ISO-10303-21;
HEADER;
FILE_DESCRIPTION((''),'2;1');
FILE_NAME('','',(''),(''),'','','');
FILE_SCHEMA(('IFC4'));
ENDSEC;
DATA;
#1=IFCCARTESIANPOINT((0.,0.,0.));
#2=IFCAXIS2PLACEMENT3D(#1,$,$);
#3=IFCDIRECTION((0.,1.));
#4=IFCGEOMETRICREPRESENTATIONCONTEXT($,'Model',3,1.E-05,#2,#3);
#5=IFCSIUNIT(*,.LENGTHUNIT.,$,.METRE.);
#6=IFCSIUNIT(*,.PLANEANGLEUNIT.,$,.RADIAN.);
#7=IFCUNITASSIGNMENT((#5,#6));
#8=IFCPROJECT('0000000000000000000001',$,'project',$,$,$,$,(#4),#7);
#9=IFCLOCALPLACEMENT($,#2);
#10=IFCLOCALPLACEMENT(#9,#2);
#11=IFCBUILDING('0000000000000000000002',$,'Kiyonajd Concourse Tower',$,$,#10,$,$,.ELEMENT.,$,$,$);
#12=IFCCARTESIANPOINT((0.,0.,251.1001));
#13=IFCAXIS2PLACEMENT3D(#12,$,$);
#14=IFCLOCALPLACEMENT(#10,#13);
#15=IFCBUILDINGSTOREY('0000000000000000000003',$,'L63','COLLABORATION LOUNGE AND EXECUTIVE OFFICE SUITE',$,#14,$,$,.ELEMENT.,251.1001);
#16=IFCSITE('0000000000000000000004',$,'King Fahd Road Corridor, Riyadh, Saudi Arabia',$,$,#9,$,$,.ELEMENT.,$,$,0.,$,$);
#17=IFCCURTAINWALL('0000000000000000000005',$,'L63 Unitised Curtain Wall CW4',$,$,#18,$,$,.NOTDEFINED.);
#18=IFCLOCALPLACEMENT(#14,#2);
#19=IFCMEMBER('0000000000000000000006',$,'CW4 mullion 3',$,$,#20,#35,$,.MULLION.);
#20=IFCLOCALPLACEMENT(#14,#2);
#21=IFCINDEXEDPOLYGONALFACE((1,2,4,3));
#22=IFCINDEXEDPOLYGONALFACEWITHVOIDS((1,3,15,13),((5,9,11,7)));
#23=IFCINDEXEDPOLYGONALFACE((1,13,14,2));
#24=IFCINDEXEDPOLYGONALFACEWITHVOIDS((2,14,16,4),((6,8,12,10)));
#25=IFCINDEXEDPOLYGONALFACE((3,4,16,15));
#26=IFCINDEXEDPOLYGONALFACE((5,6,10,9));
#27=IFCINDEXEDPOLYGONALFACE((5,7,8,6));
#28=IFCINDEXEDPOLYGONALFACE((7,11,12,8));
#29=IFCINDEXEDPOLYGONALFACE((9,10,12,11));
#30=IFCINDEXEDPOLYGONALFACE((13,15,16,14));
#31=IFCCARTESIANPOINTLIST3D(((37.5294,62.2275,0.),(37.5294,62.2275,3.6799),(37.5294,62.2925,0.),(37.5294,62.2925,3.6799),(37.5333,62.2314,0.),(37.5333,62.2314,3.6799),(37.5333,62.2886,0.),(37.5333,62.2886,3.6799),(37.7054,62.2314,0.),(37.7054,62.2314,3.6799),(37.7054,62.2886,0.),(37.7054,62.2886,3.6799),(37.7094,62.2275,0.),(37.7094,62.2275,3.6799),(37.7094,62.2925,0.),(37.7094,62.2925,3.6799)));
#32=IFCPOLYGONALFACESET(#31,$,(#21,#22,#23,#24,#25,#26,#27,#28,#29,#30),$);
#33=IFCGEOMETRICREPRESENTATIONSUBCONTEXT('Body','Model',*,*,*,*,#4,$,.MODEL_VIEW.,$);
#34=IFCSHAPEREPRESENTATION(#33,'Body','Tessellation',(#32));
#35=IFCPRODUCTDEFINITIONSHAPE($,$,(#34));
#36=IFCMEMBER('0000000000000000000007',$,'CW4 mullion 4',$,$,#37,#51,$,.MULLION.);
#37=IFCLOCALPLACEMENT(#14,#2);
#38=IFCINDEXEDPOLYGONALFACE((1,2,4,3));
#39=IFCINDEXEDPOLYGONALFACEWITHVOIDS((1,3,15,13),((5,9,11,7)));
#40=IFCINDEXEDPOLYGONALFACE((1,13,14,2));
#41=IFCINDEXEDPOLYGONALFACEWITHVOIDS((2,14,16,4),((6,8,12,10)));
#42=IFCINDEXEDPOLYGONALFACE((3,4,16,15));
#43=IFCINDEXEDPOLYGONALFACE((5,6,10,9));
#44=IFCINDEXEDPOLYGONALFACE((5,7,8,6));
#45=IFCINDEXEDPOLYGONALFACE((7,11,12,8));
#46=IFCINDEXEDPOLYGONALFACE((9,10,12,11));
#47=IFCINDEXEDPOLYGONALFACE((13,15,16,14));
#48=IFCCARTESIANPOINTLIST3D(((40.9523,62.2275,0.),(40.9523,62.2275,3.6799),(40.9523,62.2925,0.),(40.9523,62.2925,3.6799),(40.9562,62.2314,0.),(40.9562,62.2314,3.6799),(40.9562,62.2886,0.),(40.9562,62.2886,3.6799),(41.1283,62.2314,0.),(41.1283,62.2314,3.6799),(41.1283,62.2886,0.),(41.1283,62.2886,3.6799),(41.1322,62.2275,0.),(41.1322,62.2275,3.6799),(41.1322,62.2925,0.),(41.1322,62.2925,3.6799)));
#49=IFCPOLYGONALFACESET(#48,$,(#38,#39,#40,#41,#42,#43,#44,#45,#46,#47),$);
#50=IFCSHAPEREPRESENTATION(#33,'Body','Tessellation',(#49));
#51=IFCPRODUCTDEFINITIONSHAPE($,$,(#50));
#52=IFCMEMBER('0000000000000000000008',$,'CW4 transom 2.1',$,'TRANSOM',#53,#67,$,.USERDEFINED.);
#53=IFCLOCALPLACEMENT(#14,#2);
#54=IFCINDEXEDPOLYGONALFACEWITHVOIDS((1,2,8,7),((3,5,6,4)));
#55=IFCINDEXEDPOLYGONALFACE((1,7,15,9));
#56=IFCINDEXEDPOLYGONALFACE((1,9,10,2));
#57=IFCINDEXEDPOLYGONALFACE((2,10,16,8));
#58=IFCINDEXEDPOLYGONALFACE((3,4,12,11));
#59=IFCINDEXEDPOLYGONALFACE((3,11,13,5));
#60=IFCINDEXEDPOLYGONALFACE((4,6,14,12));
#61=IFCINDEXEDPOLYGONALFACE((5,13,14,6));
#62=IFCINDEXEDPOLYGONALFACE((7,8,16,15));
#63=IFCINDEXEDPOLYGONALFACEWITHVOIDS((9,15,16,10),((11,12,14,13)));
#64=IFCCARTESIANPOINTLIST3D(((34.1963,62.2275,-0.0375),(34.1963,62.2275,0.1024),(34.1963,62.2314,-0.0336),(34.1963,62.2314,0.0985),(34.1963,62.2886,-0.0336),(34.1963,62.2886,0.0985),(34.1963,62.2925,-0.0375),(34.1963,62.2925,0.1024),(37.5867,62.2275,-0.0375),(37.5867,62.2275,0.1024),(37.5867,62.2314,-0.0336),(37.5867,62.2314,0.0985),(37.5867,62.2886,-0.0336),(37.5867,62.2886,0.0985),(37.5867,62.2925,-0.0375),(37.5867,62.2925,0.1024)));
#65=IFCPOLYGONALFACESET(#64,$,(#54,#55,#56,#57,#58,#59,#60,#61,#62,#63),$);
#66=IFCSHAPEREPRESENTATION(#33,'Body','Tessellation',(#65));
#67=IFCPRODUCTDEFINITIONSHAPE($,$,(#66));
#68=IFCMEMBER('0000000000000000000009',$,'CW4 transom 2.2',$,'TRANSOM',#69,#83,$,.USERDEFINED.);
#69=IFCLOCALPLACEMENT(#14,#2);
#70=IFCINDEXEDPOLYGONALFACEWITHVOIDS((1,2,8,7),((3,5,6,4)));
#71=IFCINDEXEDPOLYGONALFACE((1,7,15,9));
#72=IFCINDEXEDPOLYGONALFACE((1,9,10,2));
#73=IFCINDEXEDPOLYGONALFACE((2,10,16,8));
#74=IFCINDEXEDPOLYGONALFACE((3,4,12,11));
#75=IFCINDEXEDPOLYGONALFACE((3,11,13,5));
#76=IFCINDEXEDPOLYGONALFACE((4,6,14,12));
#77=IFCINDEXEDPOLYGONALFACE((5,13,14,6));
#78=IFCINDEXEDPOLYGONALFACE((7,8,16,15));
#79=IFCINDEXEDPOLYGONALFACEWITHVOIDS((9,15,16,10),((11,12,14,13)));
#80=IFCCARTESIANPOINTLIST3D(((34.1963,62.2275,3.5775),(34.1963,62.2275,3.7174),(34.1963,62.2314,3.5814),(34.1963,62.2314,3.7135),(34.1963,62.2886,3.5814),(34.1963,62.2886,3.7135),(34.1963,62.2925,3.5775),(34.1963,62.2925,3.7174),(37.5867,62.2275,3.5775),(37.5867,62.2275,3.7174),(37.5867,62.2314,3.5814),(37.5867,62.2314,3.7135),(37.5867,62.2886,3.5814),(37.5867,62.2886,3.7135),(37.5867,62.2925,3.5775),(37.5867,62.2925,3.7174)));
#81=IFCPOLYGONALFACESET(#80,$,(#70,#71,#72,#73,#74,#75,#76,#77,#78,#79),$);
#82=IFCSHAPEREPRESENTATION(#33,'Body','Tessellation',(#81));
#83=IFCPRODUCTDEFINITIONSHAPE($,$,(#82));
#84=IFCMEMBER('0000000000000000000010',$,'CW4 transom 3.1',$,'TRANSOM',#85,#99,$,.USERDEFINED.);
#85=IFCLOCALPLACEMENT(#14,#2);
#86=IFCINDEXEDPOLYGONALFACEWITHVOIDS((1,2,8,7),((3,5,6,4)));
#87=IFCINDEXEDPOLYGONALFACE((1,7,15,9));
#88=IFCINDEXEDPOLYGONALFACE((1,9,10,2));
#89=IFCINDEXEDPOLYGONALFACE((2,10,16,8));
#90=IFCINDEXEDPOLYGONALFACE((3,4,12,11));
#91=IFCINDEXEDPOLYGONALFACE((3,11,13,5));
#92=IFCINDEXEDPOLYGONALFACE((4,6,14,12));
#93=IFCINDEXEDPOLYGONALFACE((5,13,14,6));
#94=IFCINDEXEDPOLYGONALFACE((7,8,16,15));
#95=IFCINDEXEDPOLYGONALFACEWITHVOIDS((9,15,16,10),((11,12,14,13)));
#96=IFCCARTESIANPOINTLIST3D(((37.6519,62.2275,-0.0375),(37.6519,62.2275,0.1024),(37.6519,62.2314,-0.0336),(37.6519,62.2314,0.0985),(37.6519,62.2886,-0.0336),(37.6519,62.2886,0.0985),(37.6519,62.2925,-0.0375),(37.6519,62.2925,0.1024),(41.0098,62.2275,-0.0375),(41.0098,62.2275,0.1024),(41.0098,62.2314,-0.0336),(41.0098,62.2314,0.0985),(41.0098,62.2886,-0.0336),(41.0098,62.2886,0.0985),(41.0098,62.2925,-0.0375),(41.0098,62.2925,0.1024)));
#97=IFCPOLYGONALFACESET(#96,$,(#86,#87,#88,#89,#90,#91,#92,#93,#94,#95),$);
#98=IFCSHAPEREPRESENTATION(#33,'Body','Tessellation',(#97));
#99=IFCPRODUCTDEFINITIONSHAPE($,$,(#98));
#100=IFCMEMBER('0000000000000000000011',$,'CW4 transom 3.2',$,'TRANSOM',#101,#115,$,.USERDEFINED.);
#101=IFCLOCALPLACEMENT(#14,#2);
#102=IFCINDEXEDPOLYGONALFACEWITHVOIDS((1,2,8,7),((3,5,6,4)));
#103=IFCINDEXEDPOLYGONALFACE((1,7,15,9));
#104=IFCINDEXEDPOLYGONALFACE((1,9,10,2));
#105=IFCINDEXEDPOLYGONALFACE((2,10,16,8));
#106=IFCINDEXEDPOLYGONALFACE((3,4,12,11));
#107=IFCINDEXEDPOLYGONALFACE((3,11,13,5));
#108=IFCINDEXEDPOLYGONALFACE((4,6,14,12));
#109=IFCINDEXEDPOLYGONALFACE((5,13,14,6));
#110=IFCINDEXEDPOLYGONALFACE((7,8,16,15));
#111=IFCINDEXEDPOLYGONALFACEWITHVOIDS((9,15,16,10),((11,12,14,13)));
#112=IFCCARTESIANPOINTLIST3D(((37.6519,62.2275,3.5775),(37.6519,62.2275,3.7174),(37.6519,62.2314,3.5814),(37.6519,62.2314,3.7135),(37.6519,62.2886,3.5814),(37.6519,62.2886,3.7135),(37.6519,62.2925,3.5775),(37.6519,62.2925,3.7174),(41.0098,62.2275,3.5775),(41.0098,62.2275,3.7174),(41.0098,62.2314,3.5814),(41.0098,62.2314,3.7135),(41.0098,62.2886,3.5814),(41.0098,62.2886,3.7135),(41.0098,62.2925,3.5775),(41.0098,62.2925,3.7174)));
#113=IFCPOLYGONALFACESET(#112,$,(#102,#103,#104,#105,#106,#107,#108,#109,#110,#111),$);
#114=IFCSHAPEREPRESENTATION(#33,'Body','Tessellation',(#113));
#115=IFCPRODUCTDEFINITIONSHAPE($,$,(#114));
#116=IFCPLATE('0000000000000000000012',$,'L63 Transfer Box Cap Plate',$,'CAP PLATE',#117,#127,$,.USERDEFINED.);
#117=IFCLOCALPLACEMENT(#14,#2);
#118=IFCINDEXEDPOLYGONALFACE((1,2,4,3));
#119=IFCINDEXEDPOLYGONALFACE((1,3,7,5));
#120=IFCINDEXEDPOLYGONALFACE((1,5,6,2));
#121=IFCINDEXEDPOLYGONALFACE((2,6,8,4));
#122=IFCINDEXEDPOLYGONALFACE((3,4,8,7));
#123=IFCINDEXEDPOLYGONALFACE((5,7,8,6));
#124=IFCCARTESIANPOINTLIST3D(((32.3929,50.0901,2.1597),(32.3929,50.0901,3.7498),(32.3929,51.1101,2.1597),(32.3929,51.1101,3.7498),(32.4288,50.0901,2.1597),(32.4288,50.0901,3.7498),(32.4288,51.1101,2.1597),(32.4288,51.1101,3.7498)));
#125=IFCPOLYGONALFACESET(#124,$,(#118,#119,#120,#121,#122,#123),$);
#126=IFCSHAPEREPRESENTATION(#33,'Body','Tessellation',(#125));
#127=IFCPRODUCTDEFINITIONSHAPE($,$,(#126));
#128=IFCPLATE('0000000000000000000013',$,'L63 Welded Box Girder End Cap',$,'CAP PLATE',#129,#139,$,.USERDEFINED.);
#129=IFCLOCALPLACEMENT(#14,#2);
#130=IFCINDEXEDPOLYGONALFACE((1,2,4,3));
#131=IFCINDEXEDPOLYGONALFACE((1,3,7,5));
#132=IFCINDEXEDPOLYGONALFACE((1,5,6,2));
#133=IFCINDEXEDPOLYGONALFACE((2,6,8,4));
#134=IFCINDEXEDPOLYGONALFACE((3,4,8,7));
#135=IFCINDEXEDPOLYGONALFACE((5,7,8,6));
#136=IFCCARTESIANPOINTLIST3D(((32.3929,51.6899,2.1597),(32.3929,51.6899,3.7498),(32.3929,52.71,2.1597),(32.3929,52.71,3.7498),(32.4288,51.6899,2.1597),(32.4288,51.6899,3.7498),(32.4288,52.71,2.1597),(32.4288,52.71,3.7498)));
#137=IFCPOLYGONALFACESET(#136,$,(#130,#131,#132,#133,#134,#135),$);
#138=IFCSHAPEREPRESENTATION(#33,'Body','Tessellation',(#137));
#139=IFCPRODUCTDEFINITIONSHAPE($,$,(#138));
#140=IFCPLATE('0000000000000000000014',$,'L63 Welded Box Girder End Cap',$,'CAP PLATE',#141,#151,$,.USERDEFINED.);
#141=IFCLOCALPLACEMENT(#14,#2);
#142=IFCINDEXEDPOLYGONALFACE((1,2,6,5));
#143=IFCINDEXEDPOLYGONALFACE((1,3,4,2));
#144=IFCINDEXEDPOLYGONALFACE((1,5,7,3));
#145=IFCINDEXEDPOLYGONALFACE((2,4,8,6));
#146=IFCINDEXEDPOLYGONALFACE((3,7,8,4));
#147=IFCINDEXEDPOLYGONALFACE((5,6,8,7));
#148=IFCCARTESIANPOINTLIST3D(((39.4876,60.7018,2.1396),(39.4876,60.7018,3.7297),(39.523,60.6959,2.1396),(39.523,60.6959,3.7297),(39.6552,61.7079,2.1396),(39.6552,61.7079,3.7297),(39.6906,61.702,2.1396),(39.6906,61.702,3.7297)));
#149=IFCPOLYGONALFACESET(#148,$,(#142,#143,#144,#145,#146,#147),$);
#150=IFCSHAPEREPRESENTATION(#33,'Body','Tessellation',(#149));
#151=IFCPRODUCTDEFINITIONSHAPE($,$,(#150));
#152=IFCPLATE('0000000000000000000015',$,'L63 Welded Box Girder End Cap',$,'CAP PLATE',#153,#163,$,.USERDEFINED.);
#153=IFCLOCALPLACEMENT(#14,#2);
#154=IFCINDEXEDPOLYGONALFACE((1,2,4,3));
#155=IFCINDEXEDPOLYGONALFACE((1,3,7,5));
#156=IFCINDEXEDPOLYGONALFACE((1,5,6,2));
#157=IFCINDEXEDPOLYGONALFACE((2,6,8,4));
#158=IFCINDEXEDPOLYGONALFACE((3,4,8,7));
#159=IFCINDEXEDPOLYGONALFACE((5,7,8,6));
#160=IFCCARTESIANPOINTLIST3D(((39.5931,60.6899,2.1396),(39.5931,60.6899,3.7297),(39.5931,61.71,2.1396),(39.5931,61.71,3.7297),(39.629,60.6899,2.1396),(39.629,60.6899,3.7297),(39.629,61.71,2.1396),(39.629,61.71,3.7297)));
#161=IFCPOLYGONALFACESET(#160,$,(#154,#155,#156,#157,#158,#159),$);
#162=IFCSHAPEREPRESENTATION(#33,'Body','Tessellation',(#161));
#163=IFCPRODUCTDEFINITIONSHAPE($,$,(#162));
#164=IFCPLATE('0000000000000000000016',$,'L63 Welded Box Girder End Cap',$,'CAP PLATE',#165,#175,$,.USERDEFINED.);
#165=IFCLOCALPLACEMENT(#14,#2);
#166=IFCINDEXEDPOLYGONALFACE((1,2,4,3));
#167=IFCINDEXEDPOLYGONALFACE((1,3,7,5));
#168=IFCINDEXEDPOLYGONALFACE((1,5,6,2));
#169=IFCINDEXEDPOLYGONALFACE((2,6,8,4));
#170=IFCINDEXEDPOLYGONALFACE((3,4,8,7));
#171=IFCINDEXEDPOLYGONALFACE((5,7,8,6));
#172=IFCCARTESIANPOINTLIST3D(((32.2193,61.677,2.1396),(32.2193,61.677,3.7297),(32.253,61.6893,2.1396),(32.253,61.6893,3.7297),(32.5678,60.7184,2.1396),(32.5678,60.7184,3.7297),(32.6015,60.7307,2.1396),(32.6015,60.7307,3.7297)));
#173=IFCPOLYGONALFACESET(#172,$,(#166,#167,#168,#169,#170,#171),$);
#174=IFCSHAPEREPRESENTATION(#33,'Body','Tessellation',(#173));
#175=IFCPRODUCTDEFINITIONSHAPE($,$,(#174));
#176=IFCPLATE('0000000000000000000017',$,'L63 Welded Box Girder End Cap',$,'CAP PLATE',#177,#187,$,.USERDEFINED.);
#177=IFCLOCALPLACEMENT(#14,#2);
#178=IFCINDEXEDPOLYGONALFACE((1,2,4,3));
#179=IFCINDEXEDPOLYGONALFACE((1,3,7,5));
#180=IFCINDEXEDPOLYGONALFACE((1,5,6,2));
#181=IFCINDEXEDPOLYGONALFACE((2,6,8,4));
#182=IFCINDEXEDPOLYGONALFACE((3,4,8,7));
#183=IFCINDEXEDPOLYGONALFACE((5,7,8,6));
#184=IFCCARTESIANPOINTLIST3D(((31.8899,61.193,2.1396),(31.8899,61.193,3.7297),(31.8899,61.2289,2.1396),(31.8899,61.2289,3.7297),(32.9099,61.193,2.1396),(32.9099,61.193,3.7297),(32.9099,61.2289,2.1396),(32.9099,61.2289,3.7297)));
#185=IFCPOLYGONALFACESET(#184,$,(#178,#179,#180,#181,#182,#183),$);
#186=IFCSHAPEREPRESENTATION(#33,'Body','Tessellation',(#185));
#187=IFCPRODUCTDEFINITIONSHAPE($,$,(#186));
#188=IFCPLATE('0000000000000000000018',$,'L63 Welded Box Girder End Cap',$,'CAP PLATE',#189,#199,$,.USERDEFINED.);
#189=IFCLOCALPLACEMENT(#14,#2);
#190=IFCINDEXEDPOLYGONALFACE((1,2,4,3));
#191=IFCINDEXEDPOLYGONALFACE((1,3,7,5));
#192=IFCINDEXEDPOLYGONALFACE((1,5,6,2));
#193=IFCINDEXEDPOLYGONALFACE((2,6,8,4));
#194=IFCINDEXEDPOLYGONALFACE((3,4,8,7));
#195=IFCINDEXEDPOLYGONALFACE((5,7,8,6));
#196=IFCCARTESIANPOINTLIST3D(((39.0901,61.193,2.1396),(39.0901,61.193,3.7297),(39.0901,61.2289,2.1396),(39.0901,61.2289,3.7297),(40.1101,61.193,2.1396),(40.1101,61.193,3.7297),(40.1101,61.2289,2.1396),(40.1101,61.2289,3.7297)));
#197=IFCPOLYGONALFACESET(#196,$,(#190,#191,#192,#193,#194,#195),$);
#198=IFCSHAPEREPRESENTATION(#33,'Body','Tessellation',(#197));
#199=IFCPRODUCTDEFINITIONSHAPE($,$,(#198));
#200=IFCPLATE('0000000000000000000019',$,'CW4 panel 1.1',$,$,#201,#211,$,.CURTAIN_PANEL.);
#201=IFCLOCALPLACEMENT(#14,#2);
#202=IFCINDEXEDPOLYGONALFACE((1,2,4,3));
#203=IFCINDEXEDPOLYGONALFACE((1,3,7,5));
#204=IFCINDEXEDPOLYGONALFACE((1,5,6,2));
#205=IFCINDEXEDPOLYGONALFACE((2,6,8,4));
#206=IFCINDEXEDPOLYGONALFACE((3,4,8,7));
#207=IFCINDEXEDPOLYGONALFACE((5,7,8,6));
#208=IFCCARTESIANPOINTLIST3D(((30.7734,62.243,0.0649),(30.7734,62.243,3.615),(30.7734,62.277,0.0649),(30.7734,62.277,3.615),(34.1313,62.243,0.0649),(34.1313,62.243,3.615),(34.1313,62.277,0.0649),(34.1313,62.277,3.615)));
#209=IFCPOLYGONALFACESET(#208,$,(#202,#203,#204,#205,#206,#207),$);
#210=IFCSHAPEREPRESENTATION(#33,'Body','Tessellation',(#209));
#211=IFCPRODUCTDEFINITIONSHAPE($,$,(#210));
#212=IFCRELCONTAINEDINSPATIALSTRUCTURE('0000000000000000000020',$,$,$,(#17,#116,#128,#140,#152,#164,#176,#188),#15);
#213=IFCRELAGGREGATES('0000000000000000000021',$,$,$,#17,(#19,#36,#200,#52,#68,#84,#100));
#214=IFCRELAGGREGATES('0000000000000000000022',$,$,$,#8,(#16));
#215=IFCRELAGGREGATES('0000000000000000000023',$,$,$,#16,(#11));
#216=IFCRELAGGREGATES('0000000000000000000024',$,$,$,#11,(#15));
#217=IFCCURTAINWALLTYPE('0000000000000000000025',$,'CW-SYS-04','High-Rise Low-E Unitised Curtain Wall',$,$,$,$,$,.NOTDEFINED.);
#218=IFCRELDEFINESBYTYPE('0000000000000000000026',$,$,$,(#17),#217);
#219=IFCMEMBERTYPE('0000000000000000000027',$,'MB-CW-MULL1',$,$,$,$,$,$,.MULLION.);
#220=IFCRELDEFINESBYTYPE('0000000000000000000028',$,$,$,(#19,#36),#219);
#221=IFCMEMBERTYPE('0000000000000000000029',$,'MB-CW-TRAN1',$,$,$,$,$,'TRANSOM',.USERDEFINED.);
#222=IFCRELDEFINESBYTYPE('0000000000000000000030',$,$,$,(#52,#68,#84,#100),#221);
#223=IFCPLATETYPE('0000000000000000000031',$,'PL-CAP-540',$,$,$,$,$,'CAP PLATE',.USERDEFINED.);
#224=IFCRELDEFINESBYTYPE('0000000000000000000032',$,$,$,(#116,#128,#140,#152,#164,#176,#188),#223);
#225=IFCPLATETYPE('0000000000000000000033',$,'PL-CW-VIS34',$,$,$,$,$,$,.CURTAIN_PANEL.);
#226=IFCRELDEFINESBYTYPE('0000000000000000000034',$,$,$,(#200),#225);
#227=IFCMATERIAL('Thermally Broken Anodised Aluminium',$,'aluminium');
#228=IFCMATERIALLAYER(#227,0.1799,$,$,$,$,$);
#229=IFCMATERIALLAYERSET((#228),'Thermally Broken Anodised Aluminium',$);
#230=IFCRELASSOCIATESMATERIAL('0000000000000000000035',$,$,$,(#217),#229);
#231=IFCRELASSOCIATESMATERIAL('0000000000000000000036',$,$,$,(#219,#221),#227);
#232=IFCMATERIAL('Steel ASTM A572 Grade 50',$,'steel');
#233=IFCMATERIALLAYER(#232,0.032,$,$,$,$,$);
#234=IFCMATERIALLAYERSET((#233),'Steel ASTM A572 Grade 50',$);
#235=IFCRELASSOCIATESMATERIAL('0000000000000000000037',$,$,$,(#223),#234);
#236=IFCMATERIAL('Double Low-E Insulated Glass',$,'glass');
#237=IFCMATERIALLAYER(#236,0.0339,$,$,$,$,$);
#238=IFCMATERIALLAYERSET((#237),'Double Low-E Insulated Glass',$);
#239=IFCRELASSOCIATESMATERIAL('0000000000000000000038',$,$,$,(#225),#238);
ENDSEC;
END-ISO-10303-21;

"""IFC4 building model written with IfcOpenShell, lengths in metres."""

from ifc_helpers import new_model, si_unit, direction, frame, origin, origin_2d, place, context, subcontext, project, spatial, rectangle, hollow_rectangle, extrude, material, layer, layer_set, material_profile, profile_set, type_object, element, aggregate, save


model = new_model("IFC4")

# Units and contexts
model_context = context("Model", 3, precision=1e-05, world=origin(), true_north=direction((0.0, 1.0)))
body_context = subcontext(model_context, "Body", "Model", "MODEL_VIEW")
ifc_project = project(units=[si_unit("LENGTHUNIT", "METRE"), si_unit("PLANEANGLEUNIT", "RADIAN")], contexts=[model_context])

# Site, building, storey
site_placement = place(None, origin())
site = spatial("IfcSite", under=ifc_project, at=site_placement, Name="King Fahd Road Corridor, Riyadh, Saudi Arabia", CompositionType="ELEMENT", RefElevation=0.0)
building_placement = place(site_placement, origin())
building = spatial("IfcBuilding", under=site, at=building_placement, Name="Kiyonajd Concourse Tower", CompositionType="ELEMENT")
storey_placement = place(building_placement, frame((0.0, 0.0, 251.1001)))
storey = spatial("IfcBuildingStorey", under=building, at=storey_placement, Name="L63", Description="COLLABORATION LOUNGE AND EXECUTIVE OFFICE SUITE", CompositionType="ELEMENT", Elevation=251.1001)

# Shared definitions
ifc_material_1 = material(Name="Steel ASTM A572 Grade 50", Category="steel")

# Curtain wall, members
ifc_material_2 = material(Name="Thermally Broken Anodised Aluminium", Category="aluminium")
ifc_layer_1 = layer(ifc_material_2, 0.1799)
ifc_layer_set_1 = layer_set([ifc_layer_1], Name="Thermally Broken Anodised Aluminium")
curtain_wall_type = type_object("IfcCurtainWallType", Name="CW-SYS-04", Description="High-Rise Low-E Unitised Curtain Wall", PredefinedType="NOTDEFINED", material=ifc_layer_set_1)
curtain_wall_placement = place(storey_placement, origin())
curtain_wall = element("IfcCurtainWall", 1, at=curtain_wall_placement, inside=storey, type_object=curtain_wall_type, Name="L63 Unitised Curtain Wall CW4", PredefinedType="NOTDEFINED")
ifc_material_profile_1 = material_profile(ifc_material_2, hollow_rectangle(XDim=0.0649, YDim=0.1799, WallThickness=0.0039, at=origin_2d()), Name="MULL-65x180")
ifc_profile_set_1 = profile_set([ifc_material_profile_1], Name="Thermally Broken Anodised Aluminium")
member_type_1 = type_object("IfcMemberType", Name="MB-CW-MULL1", PredefinedType="MULLION", material=ifc_profile_set_1)
member_1_placement = place(storey_placement, frame((37.6194, 62.26, 0.0), z_axis=(0.0, 0.0, 1.0), x_axis=(0.0, 1.0, 0.0)))
member_1 = element("IfcMember", 2, at=member_1_placement, type_object=member_type_1, Name="CW4 mullion 3", PredefinedType="MULLION", context=body_context, shape_type="SweptSolid", body=[
    extrude(hollow_rectangle(XDim=0.0649, YDim=0.1799, WallThickness=0.0039, at=origin_2d()), origin(), (0.0, 0.0, 1.0), 3.6799),
])
member_2_placement = place(storey_placement, frame((41.0422, 62.26, 0.0), z_axis=(0.0, 0.0, 1.0), x_axis=(0.0, 1.0, 0.0)))
member_2 = element("IfcMember", 3, at=member_2_placement, type_object=member_type_1, Name="CW4 mullion 4", PredefinedType="MULLION", context=body_context, shape_type="SweptSolid", body=[
    extrude(hollow_rectangle(XDim=0.0649, YDim=0.1799, WallThickness=0.0039, at=origin_2d()), origin(), (0.0, 0.0, 1.0), 3.6799),
])
ifc_material_profile_2 = material_profile(ifc_material_2, hollow_rectangle(XDim=0.0649, YDim=0.1399, WallThickness=0.0039, at=origin_2d()), Name="TRAN-65x140")
ifc_profile_set_2 = profile_set([ifc_material_profile_2], Name="Thermally Broken Anodised Aluminium")
member_type_2 = type_object("IfcMemberType", Name="MB-CW-TRAN1", ElementType="TRANSOM", PredefinedType="USERDEFINED", material=ifc_profile_set_2)
member_3_placement = place(storey_placement, frame((34.1963, 62.26, 0.0325), z_axis=(1.0, 0.0, 0.0), x_axis=(0.0, 1.0, 0.0)))
member_3 = element("IfcMember", 4, at=member_3_placement, type_object=member_type_2, Name="CW4 transom 2.1", ObjectType="TRANSOM", PredefinedType="USERDEFINED", context=body_context, shape_type="SweptSolid", body=[
    extrude(hollow_rectangle(XDim=0.0649, YDim=0.1399, WallThickness=0.0039, at=origin_2d()), origin(), (0.0, 0.0, 1.0), 3.3904),
])
member_4_placement = place(storey_placement, frame((34.1963, 62.26, 3.6475), z_axis=(1.0, 0.0, 0.0), x_axis=(0.0, 1.0, 0.0)))
member_4 = element("IfcMember", 5, at=member_4_placement, type_object=member_type_2, Name="CW4 transom 2.2", ObjectType="TRANSOM", PredefinedType="USERDEFINED", context=body_context, shape_type="SweptSolid", body=[
    extrude(hollow_rectangle(XDim=0.0649, YDim=0.1399, WallThickness=0.0039, at=origin_2d()), origin(), (0.0, 0.0, 1.0), 3.3904),
])
member_5_placement = place(storey_placement, frame((37.6519, 62.26, 0.0325), z_axis=(1.0, 0.0, 0.0), x_axis=(0.0, 1.0, 0.0)))
member_5 = element("IfcMember", 6, at=member_5_placement, type_object=member_type_2, Name="CW4 transom 3.1", ObjectType="TRANSOM", PredefinedType="USERDEFINED", context=body_context, shape_type="SweptSolid", body=[
    extrude(hollow_rectangle(XDim=0.0649, YDim=0.1399, WallThickness=0.0039, at=origin_2d()), origin(), (0.0, 0.0, 1.0), 3.3579),
])
member_6_placement = place(storey_placement, frame((37.6519, 62.26, 3.6475), z_axis=(1.0, 0.0, 0.0), x_axis=(0.0, 1.0, 0.0)))
member_6 = element("IfcMember", 7, at=member_6_placement, type_object=member_type_2, Name="CW4 transom 3.2", ObjectType="TRANSOM", PredefinedType="USERDEFINED", context=body_context, shape_type="SweptSolid", body=[
    extrude(hollow_rectangle(XDim=0.0649, YDim=0.1399, WallThickness=0.0039, at=origin_2d()), origin(), (0.0, 0.0, 1.0), 3.3579),
])

# Plates
ifc_layer_2 = layer(ifc_material_1, 0.032)
ifc_layer_set_2 = layer_set([ifc_layer_2], Name="Steel ASTM A572 Grade 50")
plate_type_1 = type_object("IfcPlateType", Name="PL-CAP-540", ElementType="CAP PLATE", PredefinedType="USERDEFINED", material=ifc_layer_set_2)
for number, where, z_axis, x_axis, name in (
    (8, (32.4109, 50.6001, 2.1597), (0.0, 0.0, 1.0), (1.0, 0.0, 0.0), "L63 Transfer Box Cap Plate"),
    (9, (32.4109, 52.2, 2.1597), (0.0, 0.0, 1.0), (1.0, 0.0, 0.0), "L63 Welded Box Girder End Cap"),
    (10, (39.5891, 61.2019, 2.1396), (0.0, 0.0, 1.0), (-0.986401, 0.164359, 0.0), "L63 Welded Box Girder End Cap"),
    (11, (39.6111, 61.2, 2.1396), (0.0, 0.0, 1.0), (1.0, 0.0, 0.0), "L63 Welded Box Girder End Cap"),
    (12, (32.4104, 61.2039, 2.1396), (0.0, 0.0, 1.0), (0.939812, 0.341692, 0.0), "L63 Welded Box Girder End Cap"),
    (13, (32.3999, 61.2109, 2.1396), (0.0, 0.0, 1.0), (0.0, 1.0, 0.0), "L63 Welded Box Girder End Cap"),
    (14, (39.6001, 61.2109, 2.1396), (0.0, 0.0, 1.0), (0.0, 1.0, 0.0), "L63 Welded Box Girder End Cap"),
):
    element("IfcPlate", number, at=place(storey_placement, frame(where, z_axis=z_axis, x_axis=x_axis)), inside=storey, type_object=plate_type_1, Name=name, ObjectType="CAP PLATE", PredefinedType="USERDEFINED", context=body_context, shape_type="SweptSolid", body=[
        extrude(rectangle(XDim=0.0359, YDim=1.02, at=origin_2d()), origin(), (0.0, 0.0, 1.0), 1.5901),
    ])

# Plate
ifc_material_3 = material(Name="Double Low-E Insulated Glass", Category="glass")
ifc_layer_3 = layer(ifc_material_3, 0.0339)
ifc_layer_set_3 = layer_set([ifc_layer_3], Name="Double Low-E Insulated Glass")
plate_type_2 = type_object("IfcPlateType", Name="PL-CW-VIS34", PredefinedType="CURTAIN_PANEL", material=ifc_layer_set_3)
plate_1_placement = place(storey_placement, frame((32.4524, 62.26, 0.0649), z_axis=(0.0, 0.0, 1.0), x_axis=(1.0, 0.0, 0.0)))
plate_1 = element("IfcPlate", 15, at=plate_1_placement, type_object=plate_type_2, Name="CW4 panel 1.1", PredefinedType="CURTAIN_PANEL", context=body_context, shape_type="SweptSolid", body=[
    extrude(rectangle(XDim=3.3579, YDim=0.0339, at=origin_2d()), origin(), (0.0, 0.0, 1.0), 3.55),
])
aggregate(curtain_wall, [member_1, member_2, plate_1, member_3, member_4, member_5, member_6])

save(model, "model.ifc")
